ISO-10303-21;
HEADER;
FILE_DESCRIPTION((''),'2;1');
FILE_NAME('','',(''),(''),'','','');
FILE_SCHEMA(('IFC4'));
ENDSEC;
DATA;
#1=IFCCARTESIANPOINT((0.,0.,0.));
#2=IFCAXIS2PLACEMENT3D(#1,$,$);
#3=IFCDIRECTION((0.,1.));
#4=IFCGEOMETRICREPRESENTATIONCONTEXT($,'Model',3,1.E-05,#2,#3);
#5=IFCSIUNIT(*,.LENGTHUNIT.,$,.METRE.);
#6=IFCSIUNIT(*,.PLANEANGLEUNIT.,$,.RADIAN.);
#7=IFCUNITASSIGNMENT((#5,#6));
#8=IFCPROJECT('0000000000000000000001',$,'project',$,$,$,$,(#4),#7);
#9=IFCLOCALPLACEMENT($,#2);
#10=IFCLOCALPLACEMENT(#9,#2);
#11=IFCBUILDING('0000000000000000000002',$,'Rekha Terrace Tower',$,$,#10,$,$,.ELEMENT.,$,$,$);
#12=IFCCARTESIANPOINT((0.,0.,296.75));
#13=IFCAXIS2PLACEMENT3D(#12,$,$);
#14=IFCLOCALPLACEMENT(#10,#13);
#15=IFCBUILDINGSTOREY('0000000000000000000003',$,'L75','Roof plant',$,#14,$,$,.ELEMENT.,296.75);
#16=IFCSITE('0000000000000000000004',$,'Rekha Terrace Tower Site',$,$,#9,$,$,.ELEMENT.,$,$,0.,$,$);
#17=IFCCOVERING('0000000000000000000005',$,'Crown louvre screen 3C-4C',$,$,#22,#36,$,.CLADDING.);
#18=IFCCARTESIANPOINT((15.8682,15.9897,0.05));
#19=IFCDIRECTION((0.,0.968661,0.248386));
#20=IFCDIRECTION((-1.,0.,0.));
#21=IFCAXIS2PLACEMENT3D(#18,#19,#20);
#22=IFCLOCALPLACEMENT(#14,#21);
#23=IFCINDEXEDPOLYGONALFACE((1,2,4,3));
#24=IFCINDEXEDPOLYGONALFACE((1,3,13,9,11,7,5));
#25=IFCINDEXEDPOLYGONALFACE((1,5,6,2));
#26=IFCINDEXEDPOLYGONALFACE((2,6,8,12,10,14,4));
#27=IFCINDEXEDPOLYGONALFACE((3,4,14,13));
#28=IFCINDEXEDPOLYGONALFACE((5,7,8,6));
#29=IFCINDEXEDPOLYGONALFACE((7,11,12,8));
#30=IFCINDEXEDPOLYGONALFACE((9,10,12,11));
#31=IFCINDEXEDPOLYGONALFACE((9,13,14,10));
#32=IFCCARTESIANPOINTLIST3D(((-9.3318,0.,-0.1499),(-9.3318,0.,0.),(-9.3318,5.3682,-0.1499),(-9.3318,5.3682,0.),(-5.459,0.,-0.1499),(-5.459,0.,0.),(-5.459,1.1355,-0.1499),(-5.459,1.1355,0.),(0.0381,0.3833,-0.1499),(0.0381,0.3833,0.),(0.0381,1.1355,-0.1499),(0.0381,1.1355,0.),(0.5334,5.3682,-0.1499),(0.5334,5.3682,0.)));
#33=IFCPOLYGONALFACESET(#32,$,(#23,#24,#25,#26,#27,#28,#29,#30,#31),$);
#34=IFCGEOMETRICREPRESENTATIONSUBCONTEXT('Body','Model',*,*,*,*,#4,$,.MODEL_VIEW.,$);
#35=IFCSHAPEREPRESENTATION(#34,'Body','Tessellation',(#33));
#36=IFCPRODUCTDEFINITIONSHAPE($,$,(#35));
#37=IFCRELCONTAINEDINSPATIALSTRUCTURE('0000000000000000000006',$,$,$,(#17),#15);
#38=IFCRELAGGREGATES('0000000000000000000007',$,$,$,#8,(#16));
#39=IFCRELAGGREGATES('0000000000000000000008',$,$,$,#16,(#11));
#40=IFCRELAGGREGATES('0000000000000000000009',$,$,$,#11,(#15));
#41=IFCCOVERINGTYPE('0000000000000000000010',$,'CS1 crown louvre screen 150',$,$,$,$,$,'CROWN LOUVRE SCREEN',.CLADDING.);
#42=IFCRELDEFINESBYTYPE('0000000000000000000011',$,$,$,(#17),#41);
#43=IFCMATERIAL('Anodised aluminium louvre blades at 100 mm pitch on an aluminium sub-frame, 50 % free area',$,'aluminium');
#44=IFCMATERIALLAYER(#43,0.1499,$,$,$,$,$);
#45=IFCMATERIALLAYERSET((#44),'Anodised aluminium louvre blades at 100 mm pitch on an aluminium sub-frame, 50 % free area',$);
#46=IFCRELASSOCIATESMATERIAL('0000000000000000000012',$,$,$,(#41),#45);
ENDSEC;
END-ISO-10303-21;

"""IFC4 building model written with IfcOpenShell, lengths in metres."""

from ifc_helpers import new_model, si_unit, direction, frame, origin, place, context, subcontext, project, spatial, polyline, outline, extrude, material, layer, layer_set, type_object, element, save


model = new_model("IFC4")

# Units and contexts
model_context = context("Model", 3, precision=1e-05, world=origin(), true_north=direction((0.0, 1.0)))
body_context = subcontext(model_context, "Body", "Model", "MODEL_VIEW")
ifc_project = project(units=[si_unit("LENGTHUNIT", "METRE"), si_unit("PLANEANGLEUNIT", "RADIAN")], contexts=[model_context])

# Site, building, storey
site_placement = place(None, origin())
site = spatial("IfcSite", under=ifc_project, at=site_placement, Name="Rekha Terrace Tower Site", CompositionType="ELEMENT", RefElevation=0.0)
building_placement = place(site_placement, origin())
building = spatial("IfcBuilding", under=site, at=building_placement, Name="Rekha Terrace Tower", CompositionType="ELEMENT")
storey_placement = place(building_placement, frame((0.0, 0.0, 296.75)))
storey = spatial("IfcBuildingStorey", under=building, at=storey_placement, Name="L75", Description="Roof plant", CompositionType="ELEMENT", Elevation=296.75)

# Covering
ifc_material_1 = material(Name="Anodised aluminium louvre blades at 100 mm pitch on an aluminium sub-frame, 50 % free area", Category="aluminium")
ifc_layer_1 = layer(ifc_material_1, 0.1499)
ifc_layer_set_1 = layer_set([ifc_layer_1], Name="Anodised aluminium louvre blades at 100 mm pitch on an aluminium sub-frame, 50 % free area")
covering_type_1 = type_object("IfcCoveringType", Name="CS1 crown louvre screen 150", ElementType="CROWN LOUVRE SCREEN", PredefinedType="CLADDING", material=ifc_layer_set_1)
covering_1_placement = place(storey_placement, frame((15.8682, 15.9897, 0.05), z_axis=(0.0, 0.968661, 0.248386), x_axis=(-1.0, 0.0, 0.0)))
element("IfcCovering", 1, at=covering_1_placement, inside=storey, type_object=covering_type_1, Name="Crown louvre screen 3C-4C", PredefinedType="CLADDING", context=body_context, shape_type="SweptSolid", body=[
    extrude(outline(polyline([(0.0, 0.0), (0.0381, 0.0), (0.0381, 1.1355), (-5.459, 1.1355), (-5.459, 0.0), (-9.3318, 0.0), (-9.3318, 5.3682), (0.5334, 5.3682), (0.0, 0.0)])), origin(), (0.0, 0.0, -1.0), 0.1499),
])

save(model, "model.ifc")
